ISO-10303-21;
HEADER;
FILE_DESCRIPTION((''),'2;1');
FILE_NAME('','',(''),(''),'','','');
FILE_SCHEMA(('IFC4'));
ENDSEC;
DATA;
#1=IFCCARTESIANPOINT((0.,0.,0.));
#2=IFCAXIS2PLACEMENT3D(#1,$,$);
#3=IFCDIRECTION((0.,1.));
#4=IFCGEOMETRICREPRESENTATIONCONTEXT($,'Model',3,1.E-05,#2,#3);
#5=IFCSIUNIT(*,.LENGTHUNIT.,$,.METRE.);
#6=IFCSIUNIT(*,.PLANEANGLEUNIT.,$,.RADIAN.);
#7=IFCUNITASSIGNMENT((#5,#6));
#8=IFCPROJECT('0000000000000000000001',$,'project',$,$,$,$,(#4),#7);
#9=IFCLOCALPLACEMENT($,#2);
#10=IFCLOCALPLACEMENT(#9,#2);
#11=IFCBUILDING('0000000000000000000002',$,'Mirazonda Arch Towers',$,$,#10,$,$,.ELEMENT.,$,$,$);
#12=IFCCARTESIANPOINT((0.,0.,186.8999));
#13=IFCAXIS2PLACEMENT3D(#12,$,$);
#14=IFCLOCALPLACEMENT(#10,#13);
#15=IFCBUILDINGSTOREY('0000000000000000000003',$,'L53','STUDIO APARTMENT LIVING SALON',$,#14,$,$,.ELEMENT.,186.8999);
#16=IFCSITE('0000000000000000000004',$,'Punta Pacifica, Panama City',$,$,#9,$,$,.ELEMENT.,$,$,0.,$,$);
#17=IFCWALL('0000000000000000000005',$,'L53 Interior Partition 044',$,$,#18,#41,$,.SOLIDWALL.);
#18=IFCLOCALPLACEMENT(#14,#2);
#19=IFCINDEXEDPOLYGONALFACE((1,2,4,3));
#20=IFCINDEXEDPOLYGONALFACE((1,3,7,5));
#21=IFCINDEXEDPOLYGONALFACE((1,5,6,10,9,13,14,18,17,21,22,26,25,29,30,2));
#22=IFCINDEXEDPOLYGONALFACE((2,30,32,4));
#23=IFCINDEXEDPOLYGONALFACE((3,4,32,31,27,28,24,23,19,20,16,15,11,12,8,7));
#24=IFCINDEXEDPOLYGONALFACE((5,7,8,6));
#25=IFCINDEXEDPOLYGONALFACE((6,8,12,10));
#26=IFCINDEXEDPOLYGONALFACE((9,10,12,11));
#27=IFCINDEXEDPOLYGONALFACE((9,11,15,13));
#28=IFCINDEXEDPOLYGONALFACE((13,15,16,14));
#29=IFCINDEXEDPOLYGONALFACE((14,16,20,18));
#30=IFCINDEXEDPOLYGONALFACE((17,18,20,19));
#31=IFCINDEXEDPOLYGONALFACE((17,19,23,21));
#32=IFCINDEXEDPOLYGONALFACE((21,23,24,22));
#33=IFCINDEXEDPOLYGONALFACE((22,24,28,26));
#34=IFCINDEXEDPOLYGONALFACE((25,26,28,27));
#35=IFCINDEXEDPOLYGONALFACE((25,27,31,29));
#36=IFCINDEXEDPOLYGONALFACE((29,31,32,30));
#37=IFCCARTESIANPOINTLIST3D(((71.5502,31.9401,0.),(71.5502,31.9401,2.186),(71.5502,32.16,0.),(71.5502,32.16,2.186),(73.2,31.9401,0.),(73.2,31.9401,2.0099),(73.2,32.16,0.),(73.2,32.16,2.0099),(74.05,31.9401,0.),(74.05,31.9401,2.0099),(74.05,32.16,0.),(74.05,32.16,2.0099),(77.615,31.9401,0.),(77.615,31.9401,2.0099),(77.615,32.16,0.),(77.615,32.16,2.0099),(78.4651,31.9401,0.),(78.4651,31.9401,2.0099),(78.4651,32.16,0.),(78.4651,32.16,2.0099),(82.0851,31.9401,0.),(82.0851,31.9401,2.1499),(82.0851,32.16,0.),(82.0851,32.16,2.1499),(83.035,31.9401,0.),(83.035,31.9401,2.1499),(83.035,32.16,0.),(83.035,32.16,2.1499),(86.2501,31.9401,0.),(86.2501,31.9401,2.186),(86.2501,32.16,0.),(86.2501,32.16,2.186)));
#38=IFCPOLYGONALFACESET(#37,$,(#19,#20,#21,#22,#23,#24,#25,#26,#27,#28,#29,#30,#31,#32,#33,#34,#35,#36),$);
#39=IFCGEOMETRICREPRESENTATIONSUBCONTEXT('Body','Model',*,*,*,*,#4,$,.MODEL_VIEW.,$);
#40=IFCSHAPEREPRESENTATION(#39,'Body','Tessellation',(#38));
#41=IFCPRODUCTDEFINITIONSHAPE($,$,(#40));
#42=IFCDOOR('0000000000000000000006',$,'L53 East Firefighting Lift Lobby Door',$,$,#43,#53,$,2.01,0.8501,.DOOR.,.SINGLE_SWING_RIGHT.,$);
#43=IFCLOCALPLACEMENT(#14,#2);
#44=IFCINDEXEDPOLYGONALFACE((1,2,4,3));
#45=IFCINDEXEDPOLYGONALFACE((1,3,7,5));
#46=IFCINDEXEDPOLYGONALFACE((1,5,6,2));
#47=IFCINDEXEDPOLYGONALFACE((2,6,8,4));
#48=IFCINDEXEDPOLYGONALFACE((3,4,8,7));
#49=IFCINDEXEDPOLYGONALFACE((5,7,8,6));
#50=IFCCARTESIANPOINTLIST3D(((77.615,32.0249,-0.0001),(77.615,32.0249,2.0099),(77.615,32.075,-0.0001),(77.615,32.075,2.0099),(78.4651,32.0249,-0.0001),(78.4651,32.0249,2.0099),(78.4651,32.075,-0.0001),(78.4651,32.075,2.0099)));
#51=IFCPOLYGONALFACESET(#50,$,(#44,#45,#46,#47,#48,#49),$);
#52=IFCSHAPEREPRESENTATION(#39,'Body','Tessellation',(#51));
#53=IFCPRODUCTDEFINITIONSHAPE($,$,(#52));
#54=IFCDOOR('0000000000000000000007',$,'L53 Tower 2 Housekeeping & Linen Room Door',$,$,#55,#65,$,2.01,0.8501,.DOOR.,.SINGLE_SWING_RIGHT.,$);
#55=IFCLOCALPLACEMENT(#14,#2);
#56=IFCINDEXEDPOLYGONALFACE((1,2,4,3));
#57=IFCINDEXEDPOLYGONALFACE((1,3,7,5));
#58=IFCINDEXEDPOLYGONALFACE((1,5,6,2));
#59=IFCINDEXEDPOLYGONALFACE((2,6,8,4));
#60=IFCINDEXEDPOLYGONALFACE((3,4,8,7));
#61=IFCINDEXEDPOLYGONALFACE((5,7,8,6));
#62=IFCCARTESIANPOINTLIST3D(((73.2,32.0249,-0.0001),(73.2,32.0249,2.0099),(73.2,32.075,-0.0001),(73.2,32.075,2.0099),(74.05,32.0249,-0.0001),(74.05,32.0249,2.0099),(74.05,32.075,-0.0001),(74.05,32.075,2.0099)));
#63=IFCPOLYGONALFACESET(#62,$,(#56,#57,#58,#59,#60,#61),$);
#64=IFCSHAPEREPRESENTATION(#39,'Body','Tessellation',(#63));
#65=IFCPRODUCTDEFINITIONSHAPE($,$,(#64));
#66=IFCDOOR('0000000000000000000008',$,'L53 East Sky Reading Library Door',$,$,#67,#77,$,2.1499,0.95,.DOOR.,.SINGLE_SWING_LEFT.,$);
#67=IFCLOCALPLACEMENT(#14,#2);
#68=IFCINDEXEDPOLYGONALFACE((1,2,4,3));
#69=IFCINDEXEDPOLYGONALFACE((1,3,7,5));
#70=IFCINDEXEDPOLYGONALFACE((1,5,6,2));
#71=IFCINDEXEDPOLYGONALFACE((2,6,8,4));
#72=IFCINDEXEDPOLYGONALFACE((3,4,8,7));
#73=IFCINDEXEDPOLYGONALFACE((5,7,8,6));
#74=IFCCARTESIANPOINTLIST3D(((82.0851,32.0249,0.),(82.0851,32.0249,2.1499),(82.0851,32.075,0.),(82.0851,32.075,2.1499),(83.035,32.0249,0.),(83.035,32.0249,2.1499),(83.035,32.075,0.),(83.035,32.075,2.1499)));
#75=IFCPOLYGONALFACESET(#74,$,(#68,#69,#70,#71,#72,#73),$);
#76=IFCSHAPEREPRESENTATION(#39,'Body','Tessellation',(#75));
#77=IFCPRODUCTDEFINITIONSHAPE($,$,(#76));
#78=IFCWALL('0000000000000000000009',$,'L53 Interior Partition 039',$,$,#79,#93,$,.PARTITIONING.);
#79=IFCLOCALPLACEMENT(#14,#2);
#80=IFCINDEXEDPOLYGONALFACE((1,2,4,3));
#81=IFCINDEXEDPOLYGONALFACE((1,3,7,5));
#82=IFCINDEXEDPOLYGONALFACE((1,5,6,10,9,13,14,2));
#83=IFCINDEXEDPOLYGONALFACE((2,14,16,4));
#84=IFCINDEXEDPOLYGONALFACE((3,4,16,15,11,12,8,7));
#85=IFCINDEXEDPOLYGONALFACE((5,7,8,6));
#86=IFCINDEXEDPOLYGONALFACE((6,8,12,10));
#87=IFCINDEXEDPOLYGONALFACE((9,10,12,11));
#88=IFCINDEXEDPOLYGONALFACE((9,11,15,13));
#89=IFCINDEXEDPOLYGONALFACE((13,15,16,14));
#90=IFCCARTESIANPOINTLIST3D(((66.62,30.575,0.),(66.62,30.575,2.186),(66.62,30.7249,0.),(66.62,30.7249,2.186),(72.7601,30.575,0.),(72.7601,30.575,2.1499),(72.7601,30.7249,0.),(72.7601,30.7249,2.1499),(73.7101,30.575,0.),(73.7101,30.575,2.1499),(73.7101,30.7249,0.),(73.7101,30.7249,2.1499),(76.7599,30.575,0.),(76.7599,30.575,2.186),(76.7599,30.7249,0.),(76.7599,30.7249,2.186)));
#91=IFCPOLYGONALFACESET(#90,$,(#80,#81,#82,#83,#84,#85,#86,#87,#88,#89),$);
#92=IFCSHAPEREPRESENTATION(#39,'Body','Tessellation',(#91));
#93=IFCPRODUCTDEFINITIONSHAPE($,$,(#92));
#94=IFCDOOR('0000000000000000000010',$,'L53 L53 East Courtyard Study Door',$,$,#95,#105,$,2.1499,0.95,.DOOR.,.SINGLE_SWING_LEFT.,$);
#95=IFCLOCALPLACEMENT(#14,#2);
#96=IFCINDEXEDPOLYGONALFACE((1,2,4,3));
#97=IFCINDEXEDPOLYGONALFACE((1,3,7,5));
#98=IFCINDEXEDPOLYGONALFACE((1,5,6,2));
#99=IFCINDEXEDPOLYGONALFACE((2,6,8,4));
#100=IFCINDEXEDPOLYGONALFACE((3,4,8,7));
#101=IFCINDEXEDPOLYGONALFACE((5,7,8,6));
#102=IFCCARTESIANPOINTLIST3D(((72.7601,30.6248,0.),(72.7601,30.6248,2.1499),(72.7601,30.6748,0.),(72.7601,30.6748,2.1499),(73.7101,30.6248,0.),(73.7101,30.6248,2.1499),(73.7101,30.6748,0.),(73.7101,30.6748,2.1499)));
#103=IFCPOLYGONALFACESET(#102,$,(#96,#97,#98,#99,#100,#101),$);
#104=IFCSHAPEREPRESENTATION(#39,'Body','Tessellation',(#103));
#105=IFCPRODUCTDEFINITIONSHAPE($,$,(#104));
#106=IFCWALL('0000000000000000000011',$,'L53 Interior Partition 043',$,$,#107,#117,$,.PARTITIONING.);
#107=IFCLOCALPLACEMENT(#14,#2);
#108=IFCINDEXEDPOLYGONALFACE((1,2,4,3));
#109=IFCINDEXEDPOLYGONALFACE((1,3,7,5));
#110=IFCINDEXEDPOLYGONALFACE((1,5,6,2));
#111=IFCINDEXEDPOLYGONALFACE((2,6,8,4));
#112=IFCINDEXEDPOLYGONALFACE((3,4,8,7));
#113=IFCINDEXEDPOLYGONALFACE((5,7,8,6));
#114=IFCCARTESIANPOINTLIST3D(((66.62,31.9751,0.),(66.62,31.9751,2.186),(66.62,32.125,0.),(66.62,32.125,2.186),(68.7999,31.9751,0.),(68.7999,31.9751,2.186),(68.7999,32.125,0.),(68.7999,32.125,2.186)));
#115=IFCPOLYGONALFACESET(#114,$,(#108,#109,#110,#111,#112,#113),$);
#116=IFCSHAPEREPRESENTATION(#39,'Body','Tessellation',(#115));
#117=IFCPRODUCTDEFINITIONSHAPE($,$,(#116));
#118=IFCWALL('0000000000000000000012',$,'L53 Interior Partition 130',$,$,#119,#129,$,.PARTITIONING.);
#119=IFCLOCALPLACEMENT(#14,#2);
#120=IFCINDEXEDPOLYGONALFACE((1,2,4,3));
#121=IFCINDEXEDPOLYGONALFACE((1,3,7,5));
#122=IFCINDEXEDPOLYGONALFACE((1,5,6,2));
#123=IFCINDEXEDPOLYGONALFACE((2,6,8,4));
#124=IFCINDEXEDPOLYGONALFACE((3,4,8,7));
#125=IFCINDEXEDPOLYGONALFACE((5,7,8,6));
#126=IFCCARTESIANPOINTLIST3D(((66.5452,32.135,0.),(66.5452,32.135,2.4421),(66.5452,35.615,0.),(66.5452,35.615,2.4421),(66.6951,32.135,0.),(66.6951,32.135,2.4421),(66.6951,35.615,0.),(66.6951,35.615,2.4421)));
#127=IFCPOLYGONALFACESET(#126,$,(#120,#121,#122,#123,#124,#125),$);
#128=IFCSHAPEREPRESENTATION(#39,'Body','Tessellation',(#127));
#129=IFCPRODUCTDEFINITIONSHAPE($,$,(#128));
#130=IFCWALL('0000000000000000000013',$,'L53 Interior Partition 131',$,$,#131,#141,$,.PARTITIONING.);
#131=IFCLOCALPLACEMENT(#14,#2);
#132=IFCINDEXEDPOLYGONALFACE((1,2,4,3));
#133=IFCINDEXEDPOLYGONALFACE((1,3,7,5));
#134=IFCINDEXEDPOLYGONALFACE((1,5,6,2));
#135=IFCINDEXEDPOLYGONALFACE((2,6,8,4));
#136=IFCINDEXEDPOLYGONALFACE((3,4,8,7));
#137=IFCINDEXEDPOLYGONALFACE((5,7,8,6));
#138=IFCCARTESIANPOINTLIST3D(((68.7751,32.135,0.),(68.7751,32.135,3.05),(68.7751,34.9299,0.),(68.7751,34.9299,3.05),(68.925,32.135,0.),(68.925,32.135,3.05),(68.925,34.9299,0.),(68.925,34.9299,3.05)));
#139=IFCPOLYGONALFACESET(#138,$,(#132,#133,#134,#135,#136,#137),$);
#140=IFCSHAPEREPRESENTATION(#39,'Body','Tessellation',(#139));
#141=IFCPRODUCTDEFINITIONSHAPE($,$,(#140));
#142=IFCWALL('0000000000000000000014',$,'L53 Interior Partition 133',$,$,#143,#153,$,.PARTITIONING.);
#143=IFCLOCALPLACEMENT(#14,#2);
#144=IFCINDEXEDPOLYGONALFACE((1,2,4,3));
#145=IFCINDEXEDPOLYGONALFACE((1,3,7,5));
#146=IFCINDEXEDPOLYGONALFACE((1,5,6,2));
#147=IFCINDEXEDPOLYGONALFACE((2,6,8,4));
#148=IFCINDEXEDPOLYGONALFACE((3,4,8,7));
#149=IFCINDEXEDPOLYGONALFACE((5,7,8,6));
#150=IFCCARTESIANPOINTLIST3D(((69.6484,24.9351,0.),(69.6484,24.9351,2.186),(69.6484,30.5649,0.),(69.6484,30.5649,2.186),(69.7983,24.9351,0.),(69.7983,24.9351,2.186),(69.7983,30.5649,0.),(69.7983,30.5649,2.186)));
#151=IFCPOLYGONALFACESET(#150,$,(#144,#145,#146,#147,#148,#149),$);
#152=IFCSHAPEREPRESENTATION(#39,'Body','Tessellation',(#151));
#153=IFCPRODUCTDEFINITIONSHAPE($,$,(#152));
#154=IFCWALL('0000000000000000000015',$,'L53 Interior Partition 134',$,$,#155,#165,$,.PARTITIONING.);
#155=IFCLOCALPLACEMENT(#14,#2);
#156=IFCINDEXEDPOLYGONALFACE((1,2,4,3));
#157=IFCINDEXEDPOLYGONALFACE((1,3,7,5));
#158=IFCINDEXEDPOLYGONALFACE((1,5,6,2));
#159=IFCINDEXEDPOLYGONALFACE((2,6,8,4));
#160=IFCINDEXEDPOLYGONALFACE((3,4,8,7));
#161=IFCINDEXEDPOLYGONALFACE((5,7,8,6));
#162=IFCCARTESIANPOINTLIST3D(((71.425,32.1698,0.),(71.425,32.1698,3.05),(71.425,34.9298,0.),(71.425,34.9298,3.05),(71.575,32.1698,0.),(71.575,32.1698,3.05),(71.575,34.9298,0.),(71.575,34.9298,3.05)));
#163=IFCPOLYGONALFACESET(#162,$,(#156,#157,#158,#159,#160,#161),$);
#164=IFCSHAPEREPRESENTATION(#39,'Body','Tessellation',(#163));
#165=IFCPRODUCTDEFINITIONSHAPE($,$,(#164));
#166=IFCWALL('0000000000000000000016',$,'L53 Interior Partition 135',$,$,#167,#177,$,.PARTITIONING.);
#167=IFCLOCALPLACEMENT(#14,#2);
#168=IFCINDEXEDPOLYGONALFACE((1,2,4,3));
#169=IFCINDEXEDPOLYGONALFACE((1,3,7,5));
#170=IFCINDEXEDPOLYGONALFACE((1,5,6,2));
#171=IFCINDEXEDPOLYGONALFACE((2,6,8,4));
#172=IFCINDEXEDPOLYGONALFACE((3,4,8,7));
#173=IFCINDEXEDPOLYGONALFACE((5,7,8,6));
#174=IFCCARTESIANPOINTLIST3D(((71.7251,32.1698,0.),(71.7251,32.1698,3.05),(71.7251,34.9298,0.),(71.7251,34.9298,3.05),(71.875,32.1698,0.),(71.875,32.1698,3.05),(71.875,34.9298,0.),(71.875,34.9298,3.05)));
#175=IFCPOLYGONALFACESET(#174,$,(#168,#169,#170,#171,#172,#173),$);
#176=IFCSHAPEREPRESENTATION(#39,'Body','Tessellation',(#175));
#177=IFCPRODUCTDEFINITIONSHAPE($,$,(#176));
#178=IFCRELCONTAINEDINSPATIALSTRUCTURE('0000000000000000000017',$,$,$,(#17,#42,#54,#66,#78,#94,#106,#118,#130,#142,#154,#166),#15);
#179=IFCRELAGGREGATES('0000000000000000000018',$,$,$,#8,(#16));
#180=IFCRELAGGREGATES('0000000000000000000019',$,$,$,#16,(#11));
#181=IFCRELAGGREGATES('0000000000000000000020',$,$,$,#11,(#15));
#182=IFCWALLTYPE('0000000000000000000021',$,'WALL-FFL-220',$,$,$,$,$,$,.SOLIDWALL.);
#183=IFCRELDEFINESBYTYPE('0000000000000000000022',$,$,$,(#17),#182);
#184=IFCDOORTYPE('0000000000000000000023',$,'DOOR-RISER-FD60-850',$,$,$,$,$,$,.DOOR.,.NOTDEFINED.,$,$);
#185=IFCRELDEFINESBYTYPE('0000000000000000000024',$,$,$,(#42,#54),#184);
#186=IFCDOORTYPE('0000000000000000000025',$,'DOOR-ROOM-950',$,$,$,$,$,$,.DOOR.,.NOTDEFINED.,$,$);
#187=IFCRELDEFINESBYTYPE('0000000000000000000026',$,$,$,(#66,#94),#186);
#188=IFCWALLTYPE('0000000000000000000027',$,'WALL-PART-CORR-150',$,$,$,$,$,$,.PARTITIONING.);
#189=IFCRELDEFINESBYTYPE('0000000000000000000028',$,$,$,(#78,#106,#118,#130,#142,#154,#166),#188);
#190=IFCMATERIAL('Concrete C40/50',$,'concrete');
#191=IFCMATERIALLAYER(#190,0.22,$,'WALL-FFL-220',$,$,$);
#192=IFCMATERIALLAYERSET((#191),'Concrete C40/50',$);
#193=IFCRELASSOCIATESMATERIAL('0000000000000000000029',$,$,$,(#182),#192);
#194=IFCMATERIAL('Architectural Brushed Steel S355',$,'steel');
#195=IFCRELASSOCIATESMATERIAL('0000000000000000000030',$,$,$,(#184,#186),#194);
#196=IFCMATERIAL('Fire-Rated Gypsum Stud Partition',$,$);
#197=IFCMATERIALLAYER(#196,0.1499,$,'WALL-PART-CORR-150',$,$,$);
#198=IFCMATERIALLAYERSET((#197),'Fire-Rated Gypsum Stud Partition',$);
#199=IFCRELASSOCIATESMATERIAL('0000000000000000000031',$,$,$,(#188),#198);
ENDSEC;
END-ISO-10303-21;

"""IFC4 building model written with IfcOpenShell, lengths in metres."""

from ifc_helpers import new_model, si_unit, direction, frame, frame_2d, origin, place, context, subcontext, project, spatial, rectangle, extrude, material, layer, layer_set, type_object, element, fill, save


model = new_model("IFC4")

# Units and contexts
model_context = context("Model", 3, precision=1e-05, world=origin(), true_north=direction((0.0, 1.0)))
body_context = subcontext(model_context, "Body", "Model", "MODEL_VIEW")
ifc_project = project(units=[si_unit("LENGTHUNIT", "METRE"), si_unit("PLANEANGLEUNIT", "RADIAN")], contexts=[model_context])

# Site, building, storey
site_placement = place(None, origin())
site = spatial("IfcSite", under=ifc_project, at=site_placement, Name="Punta Pacifica, Panama City", CompositionType="ELEMENT", RefElevation=0.0)
building_placement = place(site_placement, origin())
building = spatial("IfcBuilding", under=site, at=building_placement, Name="Mirazonda Arch Towers", CompositionType="ELEMENT")
storey_placement = place(building_placement, frame((0.0, 0.0, 186.8999)))
storey = spatial("IfcBuildingStorey", under=building, at=storey_placement, Name="L53", Description="STUDIO APARTMENT LIVING SALON", CompositionType="ELEMENT", Elevation=186.8999)

# Wall, openings, doors
ifc_material_1 = material(Name="Architectural Brushed Steel S355", Category="steel")
ifc_material_2 = material(Name="Concrete C40/50", Category="concrete")
ifc_layer_1 = layer(ifc_material_2, 0.22, Name="WALL-FFL-220")
ifc_layer_set_1 = layer_set([ifc_layer_1], Name="Concrete C40/50")
wall_type_1 = type_object("IfcWallType", Name="WALL-FFL-220", PredefinedType="SOLIDWALL", material=ifc_layer_set_1)
wall_1_placement = place(storey_placement, frame((71.55, 32.05, 0.0), z_axis=(0.0, 0.0, 1.0), x_axis=(1.0, 0.0, 0.0)))
wall_1 = element("IfcWall", 1, at=wall_1_placement, inside=storey, type_object=wall_type_1, Name="L53 Interior Partition 044", PredefinedType="SOLIDWALL", context=body_context, shape_type="SweptSolid", body=[
    extrude(rectangle(XDim=14.7, YDim=0.22, at=frame_2d((7.3501, 0.0))), origin(), (0.0, 0.0, 1.0), 2.186),
])
opening_1_placement = place(wall_1_placement, frame((6.0649, 0.0, 0.0)))
opening_1 = element("IfcOpeningElement", 2, at=opening_1_placement, cuts=wall_1, PredefinedType="OPENING", context=body_context, shape_type="SweptSolid", body=[
    extrude(rectangle(XDim=0.8501, YDim=2.01, at=frame_2d((0.425, 1.0049))), frame((0.0, 0.1199, 0.0), z_axis=(0.0, -1.0, 0.0), x_axis=(1.0, 0.0, 0.0)), (0.0, 0.0, 1.0), 0.24),
])
opening_2_placement = place(wall_1_placement, frame((10.5349, 0.0, 0.0)))
opening_2 = element("IfcOpeningElement", 3, at=opening_2_placement, cuts=wall_1, PredefinedType="OPENING", context=body_context, shape_type="SweptSolid", body=[
    extrude(rectangle(XDim=0.95, YDim=2.1499, at=frame_2d((0.4751, 1.075))), frame((0.0, 0.1199, 0.0), z_axis=(0.0, -1.0, 0.0), x_axis=(1.0, 0.0, 0.0)), (0.0, 0.0, 1.0), 0.24),
])
opening_3_placement = place(wall_1_placement, frame((1.6499, 0.0, 0.0)))
opening_3 = element("IfcOpeningElement", 4, at=opening_3_placement, cuts=wall_1, PredefinedType="OPENING", context=body_context, shape_type="SweptSolid", body=[
    extrude(rectangle(XDim=0.8501, YDim=2.01, at=frame_2d((0.425, 1.0049))), frame((0.0, 0.1199, 0.0), z_axis=(0.0, -1.0, 0.0), x_axis=(1.0, 0.0, 0.0)), (0.0, 0.0, 1.0), 0.24),
])
door_type_1 = type_object("IfcDoorType", Name="DOOR-RISER-FD60-850", OperationType="NOTDEFINED", PredefinedType="DOOR", material=ifc_material_1)
door_1_placement = place(opening_1_placement, origin())
door_1 = element("IfcDoor", 5, at=door_1_placement, inside=storey, type_object=door_type_1, Name="L53 East Firefighting Lift Lobby Door", OperationType="SINGLE_SWING_RIGHT", OverallHeight=2.01, OverallWidth=0.8501, PredefinedType="DOOR", context=body_context, shape_type="SweptSolid", body=[
    extrude(rectangle(XDim=0.8501, YDim=2.01, at=frame_2d((0.425, 1.0049))), frame((0.0, 0.0249, 0.0), z_axis=(0.0, -1.0, 0.0), x_axis=(1.0, 0.0, 0.0)), (0.0, 0.0, 1.0), 0.05),
])
fill(opening_1, door_1)
door_2_placement = place(opening_3_placement, origin())
door_2 = element("IfcDoor", 6, at=door_2_placement, inside=storey, type_object=door_type_1, Name="L53 Tower 2 Housekeeping & Linen Room Door", OperationType="SINGLE_SWING_RIGHT", OverallHeight=2.01, OverallWidth=0.8501, PredefinedType="DOOR", context=body_context, shape_type="SweptSolid", body=[
    extrude(rectangle(XDim=0.8501, YDim=2.01, at=frame_2d((0.425, 1.0049))), frame((0.0, 0.0249, 0.0), z_axis=(0.0, -1.0, 0.0), x_axis=(1.0, 0.0, 0.0)), (0.0, 0.0, 1.0), 0.05),
])
fill(opening_3, door_2)
door_type_2 = type_object("IfcDoorType", Name="DOOR-ROOM-950", OperationType="NOTDEFINED", PredefinedType="DOOR", material=ifc_material_1)
door_3_placement = place(opening_2_placement, origin())
door_3 = element("IfcDoor", 7, at=door_3_placement, inside=storey, type_object=door_type_2, Name="L53 East Sky Reading Library Door", OperationType="SINGLE_SWING_LEFT", OverallHeight=2.1499, OverallWidth=0.95, PredefinedType="DOOR", context=body_context, shape_type="SweptSolid", body=[
    extrude(rectangle(XDim=0.95, YDim=2.1499, at=frame_2d((0.4751, 1.075))), frame((0.0, 0.0249, 0.0), z_axis=(0.0, -1.0, 0.0), x_axis=(1.0, 0.0, 0.0)), (0.0, 0.0, 1.0), 0.05),
])
fill(opening_2, door_3)

# Wall, opening, door
ifc_material_3 = material(Name="Fire-Rated Gypsum Stud Partition")
ifc_layer_2 = layer(ifc_material_3, 0.1499, Name="WALL-PART-CORR-150")
ifc_layer_set_2 = layer_set([ifc_layer_2], Name="Fire-Rated Gypsum Stud Partition")
wall_type_2 = type_object("IfcWallType", Name="WALL-PART-CORR-150", PredefinedType="PARTITIONING", material=ifc_layer_set_2)
wall_2_placement = place(storey_placement, frame((66.6201, 30.6499, 0.0), z_axis=(0.0, 0.0, 1.0), x_axis=(1.0, 0.0, 0.0)))
wall_2 = element("IfcWall", 8, at=wall_2_placement, inside=storey, type_object=wall_type_2, Name="L53 Interior Partition 039", PredefinedType="PARTITIONING", context=body_context, shape_type="SweptSolid", body=[
    extrude(rectangle(XDim=10.1399, YDim=0.1499, at=frame_2d((5.0698, 0.0))), origin(), (0.0, 0.0, 1.0), 2.186),
])
opening_4_placement = place(wall_2_placement, frame((6.1399, 0.0, 0.0)))
opening_4 = element("IfcOpeningElement", 9, at=opening_4_placement, cuts=wall_2, PredefinedType="OPENING", context=body_context, shape_type="SweptSolid", body=[
    extrude(rectangle(XDim=0.95, YDim=2.1499, at=frame_2d((0.4751, 1.075))), frame((0.0, 0.085, 0.0), z_axis=(0.0, -1.0, 0.0), x_axis=(1.0, 0.0, 0.0)), (0.0, 0.0, 1.0), 0.1699),
])
door_4_placement = place(opening_4_placement, origin())
door_4 = element("IfcDoor", 10, at=door_4_placement, inside=storey, type_object=door_type_2, Name="L53 L53 East Courtyard Study Door", OperationType="SINGLE_SWING_LEFT", OverallHeight=2.1499, OverallWidth=0.95, PredefinedType="DOOR", context=body_context, shape_type="SweptSolid", body=[
    extrude(rectangle(XDim=0.95, YDim=2.1499, at=frame_2d((0.4751, 1.075))), frame((0.0, 0.0249, 0.0), z_axis=(0.0, -1.0, 0.0), x_axis=(1.0, 0.0, 0.0)), (0.0, 0.0, 1.0), 0.05),
])
fill(opening_4, door_4)

# Walls
wall_3_placement = place(storey_placement, frame((66.6201, 32.05, 0.0), z_axis=(0.0, 0.0, 1.0), x_axis=(1.0, 0.0, 0.0)))
element("IfcWall", 11, at=wall_3_placement, inside=storey, type_object=wall_type_2, Name="L53 Interior Partition 043", PredefinedType="PARTITIONING", context=body_context, shape_type="SweptSolid", body=[
    extrude(rectangle(XDim=2.1799, YDim=0.1499, at=frame_2d((1.0898, 0.0))), origin(), (0.0, 0.0, 1.0), 2.186),
])
wall_4_placement = place(storey_placement, frame((66.6201, 32.135, 0.0), z_axis=(0.0, 0.0, 1.0), x_axis=(0.0, 1.0, 0.0)))
element("IfcWall", 12, at=wall_4_placement, inside=storey, type_object=wall_type_2, Name="L53 Interior Partition 130", PredefinedType="PARTITIONING", context=body_context, shape_type="SweptSolid", body=[
    extrude(rectangle(XDim=3.48, YDim=0.1499, at=frame_2d((1.74, 0.0))), origin(), (0.0, 0.0, 1.0), 2.4421),
])
wall_5_placement = place(storey_placement, frame((68.8501, 32.135, 0.0), z_axis=(0.0, 0.0, 1.0), x_axis=(0.0, 1.0, 0.0)))
element("IfcWall", 13, at=wall_5_placement, inside=storey, type_object=wall_type_2, Name="L53 Interior Partition 131", PredefinedType="PARTITIONING", context=body_context, shape_type="SweptSolid", body=[
    extrude(rectangle(XDim=2.7949, YDim=0.1499, at=frame_2d((1.3975, 0.0))), origin(), (0.0, 0.0, 1.0), 3.05),
])
wall_6_placement = place(storey_placement, frame((69.7234, 24.9351, 0.0), z_axis=(0.0, 0.0, 1.0), x_axis=(0.0, 1.0, 0.0)))
element("IfcWall", 14, at=wall_6_placement, inside=storey, type_object=wall_type_2, Name="L53 Interior Partition 133", PredefinedType="PARTITIONING", context=body_context, shape_type="SweptSolid", body=[
    extrude(rectangle(XDim=5.6299, YDim=0.1499, at=frame_2d((2.8149, 0.0))), origin(), (0.0, 0.0, 1.0), 2.186),
])
for number, where, z_axis, x_axis, name in (
    (15, (71.5, 32.1699, 0.0), (0.0, 0.0, 1.0), (0.0, 1.0, 0.0), "L53 Interior Partition 134"),
    (16, (71.8, 32.1699, 0.0), (0.0, 0.0, 1.0), (0.0, 1.0, 0.0), "L53 Interior Partition 135"),
):
    element("IfcWall", number, at=place(storey_placement, frame(where, z_axis=z_axis, x_axis=x_axis)), inside=storey, type_object=wall_type_2, Name=name, PredefinedType="PARTITIONING", context=body_context, shape_type="SweptSolid", body=[
        extrude(rectangle(XDim=2.76, YDim=0.1499, at=frame_2d((1.3799, 0.0))), origin(), (0.0, 0.0, 1.0), 3.05),
    ])

save(model, "model.ifc")
